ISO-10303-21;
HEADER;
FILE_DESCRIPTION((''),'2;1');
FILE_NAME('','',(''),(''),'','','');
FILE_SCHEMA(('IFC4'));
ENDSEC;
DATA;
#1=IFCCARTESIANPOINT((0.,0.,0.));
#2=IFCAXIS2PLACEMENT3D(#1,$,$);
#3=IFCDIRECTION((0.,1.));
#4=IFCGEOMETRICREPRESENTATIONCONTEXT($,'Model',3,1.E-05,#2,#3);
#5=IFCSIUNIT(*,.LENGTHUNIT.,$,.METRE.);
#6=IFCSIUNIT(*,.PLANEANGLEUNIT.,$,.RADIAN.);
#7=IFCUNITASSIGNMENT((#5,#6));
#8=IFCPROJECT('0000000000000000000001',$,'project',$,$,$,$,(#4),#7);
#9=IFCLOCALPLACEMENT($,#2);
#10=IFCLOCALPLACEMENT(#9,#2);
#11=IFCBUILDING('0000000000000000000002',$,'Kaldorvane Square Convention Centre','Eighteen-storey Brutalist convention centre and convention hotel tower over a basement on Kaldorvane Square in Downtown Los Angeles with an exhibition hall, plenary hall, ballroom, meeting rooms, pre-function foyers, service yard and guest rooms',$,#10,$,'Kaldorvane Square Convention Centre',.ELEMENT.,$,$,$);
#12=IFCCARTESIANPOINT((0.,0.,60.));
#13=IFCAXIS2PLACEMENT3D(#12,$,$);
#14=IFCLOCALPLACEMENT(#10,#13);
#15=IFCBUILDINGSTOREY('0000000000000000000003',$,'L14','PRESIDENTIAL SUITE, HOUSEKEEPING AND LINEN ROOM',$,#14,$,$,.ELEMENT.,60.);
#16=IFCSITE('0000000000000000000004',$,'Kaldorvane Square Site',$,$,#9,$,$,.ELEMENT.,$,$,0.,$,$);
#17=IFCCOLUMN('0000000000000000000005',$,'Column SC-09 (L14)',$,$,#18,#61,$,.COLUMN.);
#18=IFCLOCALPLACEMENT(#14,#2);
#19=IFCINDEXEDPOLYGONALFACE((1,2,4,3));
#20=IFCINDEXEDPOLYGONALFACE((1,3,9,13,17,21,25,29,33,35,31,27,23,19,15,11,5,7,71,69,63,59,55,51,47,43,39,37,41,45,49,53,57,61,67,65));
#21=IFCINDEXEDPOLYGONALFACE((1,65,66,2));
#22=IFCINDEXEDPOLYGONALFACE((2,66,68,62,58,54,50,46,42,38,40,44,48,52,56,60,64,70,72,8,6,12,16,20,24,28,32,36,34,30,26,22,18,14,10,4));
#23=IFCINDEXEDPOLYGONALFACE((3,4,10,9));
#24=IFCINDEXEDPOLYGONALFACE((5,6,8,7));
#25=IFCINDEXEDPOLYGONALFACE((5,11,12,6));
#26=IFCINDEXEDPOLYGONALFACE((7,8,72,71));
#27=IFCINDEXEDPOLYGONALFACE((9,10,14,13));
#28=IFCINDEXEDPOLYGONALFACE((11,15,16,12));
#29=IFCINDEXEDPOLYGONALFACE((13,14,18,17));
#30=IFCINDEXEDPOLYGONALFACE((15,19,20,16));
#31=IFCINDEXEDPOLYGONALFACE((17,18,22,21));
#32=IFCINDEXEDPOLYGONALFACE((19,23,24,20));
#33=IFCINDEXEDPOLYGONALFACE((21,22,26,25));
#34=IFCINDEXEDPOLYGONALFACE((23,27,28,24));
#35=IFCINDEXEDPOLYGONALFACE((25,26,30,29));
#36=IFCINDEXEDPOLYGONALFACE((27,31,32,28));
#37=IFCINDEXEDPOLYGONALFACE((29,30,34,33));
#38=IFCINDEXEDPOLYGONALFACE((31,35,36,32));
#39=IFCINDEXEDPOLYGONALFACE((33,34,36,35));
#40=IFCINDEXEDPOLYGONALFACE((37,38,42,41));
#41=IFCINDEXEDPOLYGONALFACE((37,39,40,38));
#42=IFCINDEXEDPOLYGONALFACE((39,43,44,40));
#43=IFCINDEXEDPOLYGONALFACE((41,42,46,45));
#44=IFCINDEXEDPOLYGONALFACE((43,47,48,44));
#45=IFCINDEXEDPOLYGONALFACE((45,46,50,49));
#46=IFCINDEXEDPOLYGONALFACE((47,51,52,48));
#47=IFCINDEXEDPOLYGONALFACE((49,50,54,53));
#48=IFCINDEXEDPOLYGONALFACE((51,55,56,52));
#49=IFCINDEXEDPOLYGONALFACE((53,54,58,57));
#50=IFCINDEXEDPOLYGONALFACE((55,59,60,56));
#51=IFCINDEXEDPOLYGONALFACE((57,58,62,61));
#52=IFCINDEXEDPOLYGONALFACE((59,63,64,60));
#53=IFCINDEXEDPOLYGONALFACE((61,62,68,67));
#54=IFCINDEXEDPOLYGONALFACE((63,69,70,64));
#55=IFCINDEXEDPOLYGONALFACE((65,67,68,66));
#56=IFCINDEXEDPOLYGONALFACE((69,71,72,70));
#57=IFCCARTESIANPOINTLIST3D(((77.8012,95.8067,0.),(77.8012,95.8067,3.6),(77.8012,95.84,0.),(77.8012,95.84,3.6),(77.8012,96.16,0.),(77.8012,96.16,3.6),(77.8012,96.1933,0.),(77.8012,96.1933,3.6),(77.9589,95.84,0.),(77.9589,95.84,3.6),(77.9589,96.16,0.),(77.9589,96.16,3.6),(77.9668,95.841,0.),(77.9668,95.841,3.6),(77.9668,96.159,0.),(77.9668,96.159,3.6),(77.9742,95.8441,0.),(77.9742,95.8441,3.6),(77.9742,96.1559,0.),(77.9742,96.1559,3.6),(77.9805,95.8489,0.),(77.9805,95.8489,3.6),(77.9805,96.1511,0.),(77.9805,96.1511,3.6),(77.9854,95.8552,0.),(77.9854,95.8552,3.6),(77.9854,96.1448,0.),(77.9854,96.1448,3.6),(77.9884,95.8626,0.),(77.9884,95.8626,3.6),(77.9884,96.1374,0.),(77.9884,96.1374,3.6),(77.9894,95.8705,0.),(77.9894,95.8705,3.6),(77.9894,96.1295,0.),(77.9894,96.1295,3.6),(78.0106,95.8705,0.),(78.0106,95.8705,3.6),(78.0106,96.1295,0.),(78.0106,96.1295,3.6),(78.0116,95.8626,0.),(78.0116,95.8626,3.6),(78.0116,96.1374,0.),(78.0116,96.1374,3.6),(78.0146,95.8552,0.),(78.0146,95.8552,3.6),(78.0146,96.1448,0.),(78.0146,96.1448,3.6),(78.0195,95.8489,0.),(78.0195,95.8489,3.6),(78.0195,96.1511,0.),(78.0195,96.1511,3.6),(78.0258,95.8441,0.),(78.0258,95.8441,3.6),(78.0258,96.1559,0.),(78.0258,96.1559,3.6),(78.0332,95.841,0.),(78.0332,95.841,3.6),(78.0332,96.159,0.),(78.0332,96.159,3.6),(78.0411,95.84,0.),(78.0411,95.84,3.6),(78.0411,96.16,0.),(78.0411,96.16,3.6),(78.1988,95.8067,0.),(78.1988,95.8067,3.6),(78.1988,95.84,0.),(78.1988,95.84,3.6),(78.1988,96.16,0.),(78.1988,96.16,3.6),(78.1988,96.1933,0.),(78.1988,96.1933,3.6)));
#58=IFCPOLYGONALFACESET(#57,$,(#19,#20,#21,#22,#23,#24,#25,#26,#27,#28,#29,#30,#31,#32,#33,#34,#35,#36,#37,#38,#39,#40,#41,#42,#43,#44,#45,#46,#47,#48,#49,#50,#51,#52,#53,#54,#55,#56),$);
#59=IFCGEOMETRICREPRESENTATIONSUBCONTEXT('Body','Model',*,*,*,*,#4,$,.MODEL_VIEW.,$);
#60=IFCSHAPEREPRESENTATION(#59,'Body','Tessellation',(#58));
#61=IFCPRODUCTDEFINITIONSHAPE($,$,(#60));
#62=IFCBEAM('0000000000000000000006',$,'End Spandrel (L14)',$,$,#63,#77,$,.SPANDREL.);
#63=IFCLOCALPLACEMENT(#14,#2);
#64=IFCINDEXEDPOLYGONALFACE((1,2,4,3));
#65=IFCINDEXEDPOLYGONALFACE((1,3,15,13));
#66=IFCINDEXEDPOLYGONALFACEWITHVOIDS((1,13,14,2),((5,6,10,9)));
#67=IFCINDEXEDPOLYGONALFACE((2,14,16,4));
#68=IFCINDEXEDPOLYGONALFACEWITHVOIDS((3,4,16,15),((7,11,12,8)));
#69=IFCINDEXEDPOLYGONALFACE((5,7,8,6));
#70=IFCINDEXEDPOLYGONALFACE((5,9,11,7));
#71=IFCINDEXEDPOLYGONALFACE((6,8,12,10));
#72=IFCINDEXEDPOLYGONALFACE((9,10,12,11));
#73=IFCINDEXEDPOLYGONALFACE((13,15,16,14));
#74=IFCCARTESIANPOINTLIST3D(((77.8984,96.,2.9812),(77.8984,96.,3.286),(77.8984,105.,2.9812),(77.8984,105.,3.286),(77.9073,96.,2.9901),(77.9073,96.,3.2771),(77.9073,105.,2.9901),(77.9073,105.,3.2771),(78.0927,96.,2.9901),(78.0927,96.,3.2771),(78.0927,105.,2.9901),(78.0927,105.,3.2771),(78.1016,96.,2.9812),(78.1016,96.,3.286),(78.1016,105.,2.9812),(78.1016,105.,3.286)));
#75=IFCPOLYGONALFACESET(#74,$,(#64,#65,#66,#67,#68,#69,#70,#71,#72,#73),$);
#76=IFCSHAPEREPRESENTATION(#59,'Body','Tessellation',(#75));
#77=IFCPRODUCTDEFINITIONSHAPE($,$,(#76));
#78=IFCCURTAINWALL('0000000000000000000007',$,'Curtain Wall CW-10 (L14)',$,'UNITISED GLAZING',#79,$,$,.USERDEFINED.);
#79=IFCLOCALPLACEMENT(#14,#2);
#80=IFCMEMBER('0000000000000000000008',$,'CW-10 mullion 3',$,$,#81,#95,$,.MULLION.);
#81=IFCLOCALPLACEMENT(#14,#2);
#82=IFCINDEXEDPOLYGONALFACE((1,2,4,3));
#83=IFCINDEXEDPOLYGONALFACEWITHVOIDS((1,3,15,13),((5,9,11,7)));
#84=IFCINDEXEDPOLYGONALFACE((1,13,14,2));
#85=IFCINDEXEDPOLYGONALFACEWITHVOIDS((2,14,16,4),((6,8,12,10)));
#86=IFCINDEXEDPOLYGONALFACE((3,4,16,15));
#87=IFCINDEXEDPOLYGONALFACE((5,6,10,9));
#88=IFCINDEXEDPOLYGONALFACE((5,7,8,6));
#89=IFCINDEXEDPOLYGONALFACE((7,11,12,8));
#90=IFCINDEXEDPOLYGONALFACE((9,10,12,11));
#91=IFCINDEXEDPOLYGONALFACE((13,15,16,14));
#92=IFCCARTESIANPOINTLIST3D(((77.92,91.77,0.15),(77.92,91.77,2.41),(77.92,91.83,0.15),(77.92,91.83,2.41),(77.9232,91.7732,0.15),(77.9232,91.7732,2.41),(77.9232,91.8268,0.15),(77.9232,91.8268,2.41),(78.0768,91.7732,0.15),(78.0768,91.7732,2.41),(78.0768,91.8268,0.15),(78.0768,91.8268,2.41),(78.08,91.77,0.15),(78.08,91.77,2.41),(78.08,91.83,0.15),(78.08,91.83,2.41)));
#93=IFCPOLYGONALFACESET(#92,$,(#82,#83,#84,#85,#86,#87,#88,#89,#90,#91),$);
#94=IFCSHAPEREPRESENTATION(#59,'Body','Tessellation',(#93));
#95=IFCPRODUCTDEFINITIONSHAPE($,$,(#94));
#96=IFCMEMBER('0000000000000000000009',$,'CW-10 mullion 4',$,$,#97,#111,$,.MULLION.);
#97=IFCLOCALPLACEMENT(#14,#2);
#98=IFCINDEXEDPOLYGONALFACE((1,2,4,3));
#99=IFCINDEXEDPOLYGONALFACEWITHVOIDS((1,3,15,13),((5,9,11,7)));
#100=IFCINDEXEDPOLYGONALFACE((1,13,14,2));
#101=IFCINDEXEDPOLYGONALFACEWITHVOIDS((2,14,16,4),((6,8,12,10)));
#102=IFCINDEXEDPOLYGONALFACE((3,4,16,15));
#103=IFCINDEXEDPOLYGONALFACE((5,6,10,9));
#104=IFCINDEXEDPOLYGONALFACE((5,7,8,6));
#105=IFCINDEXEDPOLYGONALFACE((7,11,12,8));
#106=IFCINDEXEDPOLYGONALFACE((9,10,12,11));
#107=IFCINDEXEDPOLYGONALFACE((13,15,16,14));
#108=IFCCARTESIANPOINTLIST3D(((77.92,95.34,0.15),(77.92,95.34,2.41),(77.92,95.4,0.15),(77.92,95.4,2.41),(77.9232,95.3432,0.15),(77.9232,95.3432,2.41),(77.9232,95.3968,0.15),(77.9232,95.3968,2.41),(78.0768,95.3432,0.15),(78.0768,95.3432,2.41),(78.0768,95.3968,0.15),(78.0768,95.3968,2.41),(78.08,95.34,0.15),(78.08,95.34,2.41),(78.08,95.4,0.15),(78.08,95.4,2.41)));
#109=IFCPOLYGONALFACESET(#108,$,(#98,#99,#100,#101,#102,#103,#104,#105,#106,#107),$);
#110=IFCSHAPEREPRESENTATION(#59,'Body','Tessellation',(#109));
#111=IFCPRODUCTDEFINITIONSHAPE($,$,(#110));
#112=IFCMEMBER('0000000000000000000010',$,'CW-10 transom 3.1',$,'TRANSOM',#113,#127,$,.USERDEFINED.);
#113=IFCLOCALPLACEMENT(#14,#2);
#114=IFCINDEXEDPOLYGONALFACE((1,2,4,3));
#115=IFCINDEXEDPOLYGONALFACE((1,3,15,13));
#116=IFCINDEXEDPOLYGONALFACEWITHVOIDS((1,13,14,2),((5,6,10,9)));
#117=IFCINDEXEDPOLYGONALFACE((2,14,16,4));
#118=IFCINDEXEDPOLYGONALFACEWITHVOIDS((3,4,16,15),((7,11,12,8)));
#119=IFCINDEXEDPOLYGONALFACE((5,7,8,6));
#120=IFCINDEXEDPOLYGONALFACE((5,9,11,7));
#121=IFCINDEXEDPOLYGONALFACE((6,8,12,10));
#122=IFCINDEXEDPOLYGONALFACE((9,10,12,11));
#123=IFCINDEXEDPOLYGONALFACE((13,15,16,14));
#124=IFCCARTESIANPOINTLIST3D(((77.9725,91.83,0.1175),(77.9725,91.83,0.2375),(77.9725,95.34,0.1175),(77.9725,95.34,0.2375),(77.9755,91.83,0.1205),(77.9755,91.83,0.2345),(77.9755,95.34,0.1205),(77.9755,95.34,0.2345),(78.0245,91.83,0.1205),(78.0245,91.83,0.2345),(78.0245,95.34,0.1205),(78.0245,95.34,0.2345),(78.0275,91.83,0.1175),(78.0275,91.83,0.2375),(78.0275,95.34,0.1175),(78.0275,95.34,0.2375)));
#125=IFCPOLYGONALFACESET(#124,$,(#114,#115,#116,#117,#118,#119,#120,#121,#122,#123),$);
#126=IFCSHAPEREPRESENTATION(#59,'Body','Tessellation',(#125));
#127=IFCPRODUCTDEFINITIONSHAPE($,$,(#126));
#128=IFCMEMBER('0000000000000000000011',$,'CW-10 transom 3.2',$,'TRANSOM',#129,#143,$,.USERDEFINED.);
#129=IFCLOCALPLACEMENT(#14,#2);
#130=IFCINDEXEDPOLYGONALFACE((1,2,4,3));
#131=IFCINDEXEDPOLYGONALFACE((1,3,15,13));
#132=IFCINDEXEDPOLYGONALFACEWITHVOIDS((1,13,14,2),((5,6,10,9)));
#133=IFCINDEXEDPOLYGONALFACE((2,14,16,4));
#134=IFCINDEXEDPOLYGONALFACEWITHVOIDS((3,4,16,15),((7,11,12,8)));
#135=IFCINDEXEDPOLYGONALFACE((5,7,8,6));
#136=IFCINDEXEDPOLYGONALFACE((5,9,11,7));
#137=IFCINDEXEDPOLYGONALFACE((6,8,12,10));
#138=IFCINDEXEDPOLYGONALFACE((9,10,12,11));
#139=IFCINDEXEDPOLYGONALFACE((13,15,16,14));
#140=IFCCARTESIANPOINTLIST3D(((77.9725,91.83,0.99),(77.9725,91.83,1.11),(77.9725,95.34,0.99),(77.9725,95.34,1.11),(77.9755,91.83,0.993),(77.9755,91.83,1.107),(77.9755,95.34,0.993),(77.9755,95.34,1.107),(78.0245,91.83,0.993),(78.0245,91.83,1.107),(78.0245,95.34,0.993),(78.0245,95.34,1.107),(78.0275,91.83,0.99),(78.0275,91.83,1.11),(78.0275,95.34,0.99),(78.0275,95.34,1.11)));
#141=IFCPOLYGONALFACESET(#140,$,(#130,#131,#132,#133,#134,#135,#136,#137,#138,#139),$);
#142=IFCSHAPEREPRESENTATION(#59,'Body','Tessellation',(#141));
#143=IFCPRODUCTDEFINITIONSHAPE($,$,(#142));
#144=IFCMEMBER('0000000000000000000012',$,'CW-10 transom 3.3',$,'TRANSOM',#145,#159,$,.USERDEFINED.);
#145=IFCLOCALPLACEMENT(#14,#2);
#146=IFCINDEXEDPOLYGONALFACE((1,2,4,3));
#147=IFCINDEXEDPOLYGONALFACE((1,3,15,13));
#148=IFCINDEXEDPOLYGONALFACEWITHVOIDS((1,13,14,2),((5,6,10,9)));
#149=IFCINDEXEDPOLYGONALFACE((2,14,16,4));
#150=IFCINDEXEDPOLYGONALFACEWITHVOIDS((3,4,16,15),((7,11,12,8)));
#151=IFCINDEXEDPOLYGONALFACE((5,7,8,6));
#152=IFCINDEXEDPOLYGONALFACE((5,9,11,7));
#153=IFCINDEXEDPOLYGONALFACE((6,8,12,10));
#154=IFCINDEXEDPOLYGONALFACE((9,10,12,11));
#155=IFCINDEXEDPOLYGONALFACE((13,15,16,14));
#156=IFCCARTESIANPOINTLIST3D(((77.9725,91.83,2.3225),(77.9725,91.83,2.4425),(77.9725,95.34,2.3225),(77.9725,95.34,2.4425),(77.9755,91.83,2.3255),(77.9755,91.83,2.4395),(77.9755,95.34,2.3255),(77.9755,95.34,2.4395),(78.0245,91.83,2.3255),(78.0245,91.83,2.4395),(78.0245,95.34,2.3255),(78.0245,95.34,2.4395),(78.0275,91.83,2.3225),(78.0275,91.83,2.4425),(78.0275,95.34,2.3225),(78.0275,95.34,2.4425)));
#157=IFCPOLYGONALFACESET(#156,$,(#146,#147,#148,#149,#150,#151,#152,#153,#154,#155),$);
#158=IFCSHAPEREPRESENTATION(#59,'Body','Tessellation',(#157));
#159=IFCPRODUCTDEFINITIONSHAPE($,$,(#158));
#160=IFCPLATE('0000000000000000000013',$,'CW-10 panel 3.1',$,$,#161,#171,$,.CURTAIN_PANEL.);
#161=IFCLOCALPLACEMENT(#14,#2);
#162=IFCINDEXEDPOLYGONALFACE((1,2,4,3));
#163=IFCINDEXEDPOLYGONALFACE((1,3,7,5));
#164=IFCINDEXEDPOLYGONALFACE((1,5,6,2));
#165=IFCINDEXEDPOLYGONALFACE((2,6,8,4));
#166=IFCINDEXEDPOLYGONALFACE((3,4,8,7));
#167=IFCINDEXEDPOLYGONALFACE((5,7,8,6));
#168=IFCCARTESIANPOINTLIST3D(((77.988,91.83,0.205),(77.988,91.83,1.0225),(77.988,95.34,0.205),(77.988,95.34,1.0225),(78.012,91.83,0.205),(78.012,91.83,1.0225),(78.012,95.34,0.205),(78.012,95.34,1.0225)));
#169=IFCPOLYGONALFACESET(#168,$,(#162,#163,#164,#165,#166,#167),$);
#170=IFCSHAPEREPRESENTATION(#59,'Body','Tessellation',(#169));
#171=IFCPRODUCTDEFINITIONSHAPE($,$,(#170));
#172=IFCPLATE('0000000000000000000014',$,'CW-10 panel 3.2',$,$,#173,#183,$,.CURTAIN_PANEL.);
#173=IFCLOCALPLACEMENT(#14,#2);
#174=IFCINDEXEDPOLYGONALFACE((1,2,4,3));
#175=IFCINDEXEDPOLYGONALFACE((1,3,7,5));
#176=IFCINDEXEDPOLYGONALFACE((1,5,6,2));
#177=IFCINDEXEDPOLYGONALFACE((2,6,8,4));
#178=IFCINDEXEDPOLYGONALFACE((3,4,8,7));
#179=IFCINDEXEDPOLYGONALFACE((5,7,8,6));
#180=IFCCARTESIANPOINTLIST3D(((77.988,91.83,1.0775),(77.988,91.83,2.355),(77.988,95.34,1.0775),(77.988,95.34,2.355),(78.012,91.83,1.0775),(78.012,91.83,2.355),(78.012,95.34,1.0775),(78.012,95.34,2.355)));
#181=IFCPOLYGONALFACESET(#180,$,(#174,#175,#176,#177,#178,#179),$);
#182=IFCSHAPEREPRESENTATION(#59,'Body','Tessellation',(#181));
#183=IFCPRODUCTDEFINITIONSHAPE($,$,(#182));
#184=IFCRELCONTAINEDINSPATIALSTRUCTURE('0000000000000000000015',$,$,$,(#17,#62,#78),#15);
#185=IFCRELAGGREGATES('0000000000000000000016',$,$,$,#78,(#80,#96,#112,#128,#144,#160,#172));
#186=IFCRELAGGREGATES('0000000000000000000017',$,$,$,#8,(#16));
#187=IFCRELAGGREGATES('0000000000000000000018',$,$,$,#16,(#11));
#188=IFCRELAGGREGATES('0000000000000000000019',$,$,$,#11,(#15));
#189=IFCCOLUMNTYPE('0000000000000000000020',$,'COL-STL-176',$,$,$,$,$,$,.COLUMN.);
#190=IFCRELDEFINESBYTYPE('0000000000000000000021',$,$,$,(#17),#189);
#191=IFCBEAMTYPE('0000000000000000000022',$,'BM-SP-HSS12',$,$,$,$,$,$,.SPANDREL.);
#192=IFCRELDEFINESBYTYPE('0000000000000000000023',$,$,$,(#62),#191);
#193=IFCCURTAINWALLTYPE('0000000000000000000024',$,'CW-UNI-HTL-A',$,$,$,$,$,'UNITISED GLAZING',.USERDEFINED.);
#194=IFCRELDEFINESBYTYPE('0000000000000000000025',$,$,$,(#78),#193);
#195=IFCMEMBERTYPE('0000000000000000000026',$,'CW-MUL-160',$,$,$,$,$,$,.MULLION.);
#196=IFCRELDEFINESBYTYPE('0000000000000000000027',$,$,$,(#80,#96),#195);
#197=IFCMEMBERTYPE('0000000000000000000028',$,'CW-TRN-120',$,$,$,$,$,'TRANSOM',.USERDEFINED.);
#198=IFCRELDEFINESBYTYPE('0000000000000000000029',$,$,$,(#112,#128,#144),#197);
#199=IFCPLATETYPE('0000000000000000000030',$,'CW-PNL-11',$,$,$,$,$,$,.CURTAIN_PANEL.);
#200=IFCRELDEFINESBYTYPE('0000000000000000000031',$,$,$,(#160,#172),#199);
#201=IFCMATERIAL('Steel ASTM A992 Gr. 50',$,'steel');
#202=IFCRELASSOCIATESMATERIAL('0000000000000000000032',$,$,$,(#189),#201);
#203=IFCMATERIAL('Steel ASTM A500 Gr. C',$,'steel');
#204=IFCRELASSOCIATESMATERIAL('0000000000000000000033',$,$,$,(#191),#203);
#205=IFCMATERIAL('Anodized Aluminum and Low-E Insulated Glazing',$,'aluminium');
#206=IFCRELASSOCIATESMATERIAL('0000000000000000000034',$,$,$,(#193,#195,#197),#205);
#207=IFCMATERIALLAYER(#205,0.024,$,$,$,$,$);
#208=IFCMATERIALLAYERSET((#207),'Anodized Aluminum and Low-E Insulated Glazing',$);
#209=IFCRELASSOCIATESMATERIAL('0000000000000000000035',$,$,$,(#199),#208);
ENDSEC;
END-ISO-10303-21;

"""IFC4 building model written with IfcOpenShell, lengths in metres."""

from ifc_helpers import new_model, si_unit, direction, frame, origin, origin_2d, place, context, subcontext, project, spatial, rectangle, hollow_rectangle, i_section, extrude, material, layer, layer_set, material_profile, profile_set, type_object, element, aggregate, save


model = new_model("IFC4")

# Units and contexts
model_context = context("Model", 3, precision=1e-05, world=origin(), true_north=direction((0.0, 1.0)))
body_context = subcontext(model_context, "Body", "Model", "MODEL_VIEW")
ifc_project = project(units=[si_unit("LENGTHUNIT", "METRE"), si_unit("PLANEANGLEUNIT", "RADIAN")], contexts=[model_context])

# Site, building, storey
site_placement = place(None, origin())
site = spatial("IfcSite", under=ifc_project, at=site_placement, Name="Kaldorvane Square Site", CompositionType="ELEMENT", RefElevation=0.0)
building_placement = place(site_placement, origin())
building = spatial("IfcBuilding", under=site, at=building_placement, Name="Kaldorvane Square Convention Centre", Description="Eighteen-storey Brutalist convention centre and convention hotel tower over a basement on Kaldorvane Square in Downtown Los Angeles with an exhibition hall, plenary hall, ballroom, meeting rooms, pre-function foyers, service yard and guest rooms", LongName="Kaldorvane Square Convention Centre", CompositionType="ELEMENT")
storey_placement = place(building_placement, frame((0.0, 0.0, 60.0)))
storey = spatial("IfcBuildingStorey", under=building, at=storey_placement, Name="L14", Description="PRESIDENTIAL SUITE, HOUSEKEEPING AND LINEN ROOM", CompositionType="ELEMENT", Elevation=60.0)

# Column
ifc_material_1 = material(Name="Steel ASTM A992 Gr. 50", Category="steel")
ifc_material_profile_1 = material_profile(ifc_material_1, i_section(OverallWidth=0.3975, OverallDepth=0.3866, WebThickness=0.0211, FlangeThickness=0.0333, FilletRadius=0.0305, at=origin_2d()), Name="W14X176")
ifc_profile_set_1 = profile_set([ifc_material_profile_1], Name="Steel ASTM A992 Gr. 50")
column_type = type_object("IfcColumnType", Name="COL-STL-176", PredefinedType="COLUMN", material=ifc_profile_set_1)
column_placement = place(storey_placement, frame((78.0, 96.0, 0.0), z_axis=(0.0, 0.0, 1.0), x_axis=(1.0, 0.0, 0.0)))
element("IfcColumn", 1, at=column_placement, inside=storey, type_object=column_type, Name="Column SC-09 (L14)", PredefinedType="COLUMN", context=body_context, shape_type="SweptSolid", body=[
    extrude(i_section(OverallWidth=0.3975, OverallDepth=0.3866, WebThickness=0.0211, FlangeThickness=0.0333, FilletRadius=0.0305, at=origin_2d()), origin(), (0.0, 0.0, 1.0), 3.6),
])

# Beam
ifc_material_2 = material(Name="Steel ASTM A500 Gr. C", Category="steel")
ifc_material_profile_2 = material_profile(ifc_material_2, hollow_rectangle(XDim=0.2032, YDim=0.3048, WallThickness=0.0089, at=origin_2d()), Name="HSS12X8X3/8")
ifc_profile_set_2 = profile_set([ifc_material_profile_2], Name="Steel ASTM A500 Gr. C")
beam_type = type_object("IfcBeamType", Name="BM-SP-HSS12", PredefinedType="SPANDREL", material=ifc_profile_set_2)
beam_placement = place(storey_placement, frame((78.0, 96.0, 3.1336), z_axis=(0.0, 1.0, 0.0), x_axis=(-1.0, 0.0, 0.0)))
element("IfcBeam", 2, at=beam_placement, inside=storey, type_object=beam_type, Name="End Spandrel (L14)", PredefinedType="SPANDREL", context=body_context, shape_type="SweptSolid", body=[
    extrude(hollow_rectangle(XDim=0.2032, YDim=0.3048, WallThickness=0.0089, at=origin_2d()), origin(), (0.0, 0.0, 1.0), 9.0),
])

# Curtain wall, members, plates
ifc_material_3 = material(Name="Anodized Aluminum and Low-E Insulated Glazing", Category="aluminium")
curtain_wall_type = type_object("IfcCurtainWallType", Name="CW-UNI-HTL-A", ElementType="UNITISED GLAZING", PredefinedType="USERDEFINED", material=ifc_material_3)
curtain_wall_placement = place(storey_placement, origin())
curtain_wall = element("IfcCurtainWall", 3, at=curtain_wall_placement, inside=storey, type_object=curtain_wall_type, Name="Curtain Wall CW-10 (L14)", ObjectType="UNITISED GLAZING", PredefinedType="USERDEFINED")
ifc_material_profile_3 = material_profile(ifc_material_3, hollow_rectangle(XDim=0.06, YDim=0.16, WallThickness=0.0032, at=origin_2d()), Name="CWM-160X60")
ifc_profile_set_3 = profile_set([ifc_material_profile_3], Name="Anodized Aluminum and Low-E Insulated Glazing")
member_type_1 = type_object("IfcMemberType", Name="CW-MUL-160", PredefinedType="MULLION", material=ifc_profile_set_3)
member_1_placement = place(storey_placement, frame((78.0, 91.8, 0.15), z_axis=(0.0, 0.0, 1.0), x_axis=(0.0, 1.0, 0.0)))
member_1 = element("IfcMember", 4, at=member_1_placement, type_object=member_type_1, Name="CW-10 mullion 3", PredefinedType="MULLION", context=body_context, shape_type="SweptSolid", body=[
    extrude(hollow_rectangle(XDim=0.06, YDim=0.16, WallThickness=0.0032, at=origin_2d()), origin(), (0.0, 0.0, 1.0), 2.26),
])
member_2_placement = place(storey_placement, frame((78.0, 95.37, 0.15), z_axis=(0.0, 0.0, 1.0), x_axis=(0.0, 1.0, 0.0)))
member_2 = element("IfcMember", 5, at=member_2_placement, type_object=member_type_1, Name="CW-10 mullion 4", PredefinedType="MULLION", context=body_context, shape_type="SweptSolid", body=[
    extrude(hollow_rectangle(XDim=0.06, YDim=0.16, WallThickness=0.0032, at=origin_2d()), origin(), (0.0, 0.0, 1.0), 2.26),
])
ifc_material_profile_4 = material_profile(ifc_material_3, hollow_rectangle(XDim=0.055, YDim=0.12, WallThickness=0.003, at=origin_2d()), Name="CWT-120X55")
ifc_profile_set_4 = profile_set([ifc_material_profile_4], Name="Anodized Aluminum and Low-E Insulated Glazing")
member_type_2 = type_object("IfcMemberType", Name="CW-TRN-120", ElementType="TRANSOM", PredefinedType="USERDEFINED", material=ifc_profile_set_4)
member_3_placement = place(storey_placement, frame((78.0, 91.83, 0.1775), z_axis=(0.0, 1.0, 0.0), x_axis=(-1.0, 0.0, 0.0)))
member_3 = element("IfcMember", 6, at=member_3_placement, type_object=member_type_2, Name="CW-10 transom 3.1", ObjectType="TRANSOM", PredefinedType="USERDEFINED", context=body_context, shape_type="SweptSolid", body=[
    extrude(hollow_rectangle(XDim=0.055, YDim=0.12, WallThickness=0.003, at=origin_2d()), origin(), (0.0, 0.0, 1.0), 3.51),
])
member_4_placement = place(storey_placement, frame((78.0, 91.83, 1.05), z_axis=(0.0, 1.0, 0.0), x_axis=(-1.0, 0.0, 0.0)))
member_4 = element("IfcMember", 7, at=member_4_placement, type_object=member_type_2, Name="CW-10 transom 3.2", ObjectType="TRANSOM", PredefinedType="USERDEFINED", context=body_context, shape_type="SweptSolid", body=[
    extrude(hollow_rectangle(XDim=0.055, YDim=0.12, WallThickness=0.003, at=origin_2d()), origin(), (0.0, 0.0, 1.0), 3.51),
])
member_5_placement = place(storey_placement, frame((78.0, 91.83, 2.3825), z_axis=(0.0, 1.0, 0.0), x_axis=(-1.0, 0.0, 0.0)))
member_5 = element("IfcMember", 8, at=member_5_placement, type_object=member_type_2, Name="CW-10 transom 3.3", ObjectType="TRANSOM", PredefinedType="USERDEFINED", context=body_context, shape_type="SweptSolid", body=[
    extrude(hollow_rectangle(XDim=0.055, YDim=0.12, WallThickness=0.003, at=origin_2d()), origin(), (0.0, 0.0, 1.0), 3.51),
])
ifc_layer_1 = layer(ifc_material_3, 0.024)
ifc_layer_set_1 = layer_set([ifc_layer_1], Name="Anodized Aluminum and Low-E Insulated Glazing")
plate_type = type_object("IfcPlateType", Name="CW-PNL-11", PredefinedType="CURTAIN_PANEL", material=ifc_layer_set_1)
plate_1_placement = place(storey_placement, frame((78.0, 93.585, 0.205), z_axis=(0.0, 0.0, 1.0), x_axis=(0.0, 1.0, 0.0)))
plate_1 = element("IfcPlate", 9, at=plate_1_placement, type_object=plate_type, Name="CW-10 panel 3.1", PredefinedType="CURTAIN_PANEL", context=body_context, shape_type="SweptSolid", body=[
    extrude(rectangle(XDim=3.51, YDim=0.024, at=origin_2d()), origin(), (0.0, 0.0, 1.0), 0.8175),
])
plate_2_placement = place(storey_placement, frame((78.0, 93.585, 1.0775), z_axis=(0.0, 0.0, 1.0), x_axis=(0.0, 1.0, 0.0)))
plate_2 = element("IfcPlate", 10, at=plate_2_placement, type_object=plate_type, Name="CW-10 panel 3.2", PredefinedType="CURTAIN_PANEL", context=body_context, shape_type="SweptSolid", body=[
    extrude(rectangle(XDim=3.51, YDim=0.024, at=origin_2d()), origin(), (0.0, 0.0, 1.0), 1.2775),
])
aggregate(curtain_wall, [member_1, member_2, member_3, member_4, member_5, plate_1, plate_2])

save(model, "model.ifc")
